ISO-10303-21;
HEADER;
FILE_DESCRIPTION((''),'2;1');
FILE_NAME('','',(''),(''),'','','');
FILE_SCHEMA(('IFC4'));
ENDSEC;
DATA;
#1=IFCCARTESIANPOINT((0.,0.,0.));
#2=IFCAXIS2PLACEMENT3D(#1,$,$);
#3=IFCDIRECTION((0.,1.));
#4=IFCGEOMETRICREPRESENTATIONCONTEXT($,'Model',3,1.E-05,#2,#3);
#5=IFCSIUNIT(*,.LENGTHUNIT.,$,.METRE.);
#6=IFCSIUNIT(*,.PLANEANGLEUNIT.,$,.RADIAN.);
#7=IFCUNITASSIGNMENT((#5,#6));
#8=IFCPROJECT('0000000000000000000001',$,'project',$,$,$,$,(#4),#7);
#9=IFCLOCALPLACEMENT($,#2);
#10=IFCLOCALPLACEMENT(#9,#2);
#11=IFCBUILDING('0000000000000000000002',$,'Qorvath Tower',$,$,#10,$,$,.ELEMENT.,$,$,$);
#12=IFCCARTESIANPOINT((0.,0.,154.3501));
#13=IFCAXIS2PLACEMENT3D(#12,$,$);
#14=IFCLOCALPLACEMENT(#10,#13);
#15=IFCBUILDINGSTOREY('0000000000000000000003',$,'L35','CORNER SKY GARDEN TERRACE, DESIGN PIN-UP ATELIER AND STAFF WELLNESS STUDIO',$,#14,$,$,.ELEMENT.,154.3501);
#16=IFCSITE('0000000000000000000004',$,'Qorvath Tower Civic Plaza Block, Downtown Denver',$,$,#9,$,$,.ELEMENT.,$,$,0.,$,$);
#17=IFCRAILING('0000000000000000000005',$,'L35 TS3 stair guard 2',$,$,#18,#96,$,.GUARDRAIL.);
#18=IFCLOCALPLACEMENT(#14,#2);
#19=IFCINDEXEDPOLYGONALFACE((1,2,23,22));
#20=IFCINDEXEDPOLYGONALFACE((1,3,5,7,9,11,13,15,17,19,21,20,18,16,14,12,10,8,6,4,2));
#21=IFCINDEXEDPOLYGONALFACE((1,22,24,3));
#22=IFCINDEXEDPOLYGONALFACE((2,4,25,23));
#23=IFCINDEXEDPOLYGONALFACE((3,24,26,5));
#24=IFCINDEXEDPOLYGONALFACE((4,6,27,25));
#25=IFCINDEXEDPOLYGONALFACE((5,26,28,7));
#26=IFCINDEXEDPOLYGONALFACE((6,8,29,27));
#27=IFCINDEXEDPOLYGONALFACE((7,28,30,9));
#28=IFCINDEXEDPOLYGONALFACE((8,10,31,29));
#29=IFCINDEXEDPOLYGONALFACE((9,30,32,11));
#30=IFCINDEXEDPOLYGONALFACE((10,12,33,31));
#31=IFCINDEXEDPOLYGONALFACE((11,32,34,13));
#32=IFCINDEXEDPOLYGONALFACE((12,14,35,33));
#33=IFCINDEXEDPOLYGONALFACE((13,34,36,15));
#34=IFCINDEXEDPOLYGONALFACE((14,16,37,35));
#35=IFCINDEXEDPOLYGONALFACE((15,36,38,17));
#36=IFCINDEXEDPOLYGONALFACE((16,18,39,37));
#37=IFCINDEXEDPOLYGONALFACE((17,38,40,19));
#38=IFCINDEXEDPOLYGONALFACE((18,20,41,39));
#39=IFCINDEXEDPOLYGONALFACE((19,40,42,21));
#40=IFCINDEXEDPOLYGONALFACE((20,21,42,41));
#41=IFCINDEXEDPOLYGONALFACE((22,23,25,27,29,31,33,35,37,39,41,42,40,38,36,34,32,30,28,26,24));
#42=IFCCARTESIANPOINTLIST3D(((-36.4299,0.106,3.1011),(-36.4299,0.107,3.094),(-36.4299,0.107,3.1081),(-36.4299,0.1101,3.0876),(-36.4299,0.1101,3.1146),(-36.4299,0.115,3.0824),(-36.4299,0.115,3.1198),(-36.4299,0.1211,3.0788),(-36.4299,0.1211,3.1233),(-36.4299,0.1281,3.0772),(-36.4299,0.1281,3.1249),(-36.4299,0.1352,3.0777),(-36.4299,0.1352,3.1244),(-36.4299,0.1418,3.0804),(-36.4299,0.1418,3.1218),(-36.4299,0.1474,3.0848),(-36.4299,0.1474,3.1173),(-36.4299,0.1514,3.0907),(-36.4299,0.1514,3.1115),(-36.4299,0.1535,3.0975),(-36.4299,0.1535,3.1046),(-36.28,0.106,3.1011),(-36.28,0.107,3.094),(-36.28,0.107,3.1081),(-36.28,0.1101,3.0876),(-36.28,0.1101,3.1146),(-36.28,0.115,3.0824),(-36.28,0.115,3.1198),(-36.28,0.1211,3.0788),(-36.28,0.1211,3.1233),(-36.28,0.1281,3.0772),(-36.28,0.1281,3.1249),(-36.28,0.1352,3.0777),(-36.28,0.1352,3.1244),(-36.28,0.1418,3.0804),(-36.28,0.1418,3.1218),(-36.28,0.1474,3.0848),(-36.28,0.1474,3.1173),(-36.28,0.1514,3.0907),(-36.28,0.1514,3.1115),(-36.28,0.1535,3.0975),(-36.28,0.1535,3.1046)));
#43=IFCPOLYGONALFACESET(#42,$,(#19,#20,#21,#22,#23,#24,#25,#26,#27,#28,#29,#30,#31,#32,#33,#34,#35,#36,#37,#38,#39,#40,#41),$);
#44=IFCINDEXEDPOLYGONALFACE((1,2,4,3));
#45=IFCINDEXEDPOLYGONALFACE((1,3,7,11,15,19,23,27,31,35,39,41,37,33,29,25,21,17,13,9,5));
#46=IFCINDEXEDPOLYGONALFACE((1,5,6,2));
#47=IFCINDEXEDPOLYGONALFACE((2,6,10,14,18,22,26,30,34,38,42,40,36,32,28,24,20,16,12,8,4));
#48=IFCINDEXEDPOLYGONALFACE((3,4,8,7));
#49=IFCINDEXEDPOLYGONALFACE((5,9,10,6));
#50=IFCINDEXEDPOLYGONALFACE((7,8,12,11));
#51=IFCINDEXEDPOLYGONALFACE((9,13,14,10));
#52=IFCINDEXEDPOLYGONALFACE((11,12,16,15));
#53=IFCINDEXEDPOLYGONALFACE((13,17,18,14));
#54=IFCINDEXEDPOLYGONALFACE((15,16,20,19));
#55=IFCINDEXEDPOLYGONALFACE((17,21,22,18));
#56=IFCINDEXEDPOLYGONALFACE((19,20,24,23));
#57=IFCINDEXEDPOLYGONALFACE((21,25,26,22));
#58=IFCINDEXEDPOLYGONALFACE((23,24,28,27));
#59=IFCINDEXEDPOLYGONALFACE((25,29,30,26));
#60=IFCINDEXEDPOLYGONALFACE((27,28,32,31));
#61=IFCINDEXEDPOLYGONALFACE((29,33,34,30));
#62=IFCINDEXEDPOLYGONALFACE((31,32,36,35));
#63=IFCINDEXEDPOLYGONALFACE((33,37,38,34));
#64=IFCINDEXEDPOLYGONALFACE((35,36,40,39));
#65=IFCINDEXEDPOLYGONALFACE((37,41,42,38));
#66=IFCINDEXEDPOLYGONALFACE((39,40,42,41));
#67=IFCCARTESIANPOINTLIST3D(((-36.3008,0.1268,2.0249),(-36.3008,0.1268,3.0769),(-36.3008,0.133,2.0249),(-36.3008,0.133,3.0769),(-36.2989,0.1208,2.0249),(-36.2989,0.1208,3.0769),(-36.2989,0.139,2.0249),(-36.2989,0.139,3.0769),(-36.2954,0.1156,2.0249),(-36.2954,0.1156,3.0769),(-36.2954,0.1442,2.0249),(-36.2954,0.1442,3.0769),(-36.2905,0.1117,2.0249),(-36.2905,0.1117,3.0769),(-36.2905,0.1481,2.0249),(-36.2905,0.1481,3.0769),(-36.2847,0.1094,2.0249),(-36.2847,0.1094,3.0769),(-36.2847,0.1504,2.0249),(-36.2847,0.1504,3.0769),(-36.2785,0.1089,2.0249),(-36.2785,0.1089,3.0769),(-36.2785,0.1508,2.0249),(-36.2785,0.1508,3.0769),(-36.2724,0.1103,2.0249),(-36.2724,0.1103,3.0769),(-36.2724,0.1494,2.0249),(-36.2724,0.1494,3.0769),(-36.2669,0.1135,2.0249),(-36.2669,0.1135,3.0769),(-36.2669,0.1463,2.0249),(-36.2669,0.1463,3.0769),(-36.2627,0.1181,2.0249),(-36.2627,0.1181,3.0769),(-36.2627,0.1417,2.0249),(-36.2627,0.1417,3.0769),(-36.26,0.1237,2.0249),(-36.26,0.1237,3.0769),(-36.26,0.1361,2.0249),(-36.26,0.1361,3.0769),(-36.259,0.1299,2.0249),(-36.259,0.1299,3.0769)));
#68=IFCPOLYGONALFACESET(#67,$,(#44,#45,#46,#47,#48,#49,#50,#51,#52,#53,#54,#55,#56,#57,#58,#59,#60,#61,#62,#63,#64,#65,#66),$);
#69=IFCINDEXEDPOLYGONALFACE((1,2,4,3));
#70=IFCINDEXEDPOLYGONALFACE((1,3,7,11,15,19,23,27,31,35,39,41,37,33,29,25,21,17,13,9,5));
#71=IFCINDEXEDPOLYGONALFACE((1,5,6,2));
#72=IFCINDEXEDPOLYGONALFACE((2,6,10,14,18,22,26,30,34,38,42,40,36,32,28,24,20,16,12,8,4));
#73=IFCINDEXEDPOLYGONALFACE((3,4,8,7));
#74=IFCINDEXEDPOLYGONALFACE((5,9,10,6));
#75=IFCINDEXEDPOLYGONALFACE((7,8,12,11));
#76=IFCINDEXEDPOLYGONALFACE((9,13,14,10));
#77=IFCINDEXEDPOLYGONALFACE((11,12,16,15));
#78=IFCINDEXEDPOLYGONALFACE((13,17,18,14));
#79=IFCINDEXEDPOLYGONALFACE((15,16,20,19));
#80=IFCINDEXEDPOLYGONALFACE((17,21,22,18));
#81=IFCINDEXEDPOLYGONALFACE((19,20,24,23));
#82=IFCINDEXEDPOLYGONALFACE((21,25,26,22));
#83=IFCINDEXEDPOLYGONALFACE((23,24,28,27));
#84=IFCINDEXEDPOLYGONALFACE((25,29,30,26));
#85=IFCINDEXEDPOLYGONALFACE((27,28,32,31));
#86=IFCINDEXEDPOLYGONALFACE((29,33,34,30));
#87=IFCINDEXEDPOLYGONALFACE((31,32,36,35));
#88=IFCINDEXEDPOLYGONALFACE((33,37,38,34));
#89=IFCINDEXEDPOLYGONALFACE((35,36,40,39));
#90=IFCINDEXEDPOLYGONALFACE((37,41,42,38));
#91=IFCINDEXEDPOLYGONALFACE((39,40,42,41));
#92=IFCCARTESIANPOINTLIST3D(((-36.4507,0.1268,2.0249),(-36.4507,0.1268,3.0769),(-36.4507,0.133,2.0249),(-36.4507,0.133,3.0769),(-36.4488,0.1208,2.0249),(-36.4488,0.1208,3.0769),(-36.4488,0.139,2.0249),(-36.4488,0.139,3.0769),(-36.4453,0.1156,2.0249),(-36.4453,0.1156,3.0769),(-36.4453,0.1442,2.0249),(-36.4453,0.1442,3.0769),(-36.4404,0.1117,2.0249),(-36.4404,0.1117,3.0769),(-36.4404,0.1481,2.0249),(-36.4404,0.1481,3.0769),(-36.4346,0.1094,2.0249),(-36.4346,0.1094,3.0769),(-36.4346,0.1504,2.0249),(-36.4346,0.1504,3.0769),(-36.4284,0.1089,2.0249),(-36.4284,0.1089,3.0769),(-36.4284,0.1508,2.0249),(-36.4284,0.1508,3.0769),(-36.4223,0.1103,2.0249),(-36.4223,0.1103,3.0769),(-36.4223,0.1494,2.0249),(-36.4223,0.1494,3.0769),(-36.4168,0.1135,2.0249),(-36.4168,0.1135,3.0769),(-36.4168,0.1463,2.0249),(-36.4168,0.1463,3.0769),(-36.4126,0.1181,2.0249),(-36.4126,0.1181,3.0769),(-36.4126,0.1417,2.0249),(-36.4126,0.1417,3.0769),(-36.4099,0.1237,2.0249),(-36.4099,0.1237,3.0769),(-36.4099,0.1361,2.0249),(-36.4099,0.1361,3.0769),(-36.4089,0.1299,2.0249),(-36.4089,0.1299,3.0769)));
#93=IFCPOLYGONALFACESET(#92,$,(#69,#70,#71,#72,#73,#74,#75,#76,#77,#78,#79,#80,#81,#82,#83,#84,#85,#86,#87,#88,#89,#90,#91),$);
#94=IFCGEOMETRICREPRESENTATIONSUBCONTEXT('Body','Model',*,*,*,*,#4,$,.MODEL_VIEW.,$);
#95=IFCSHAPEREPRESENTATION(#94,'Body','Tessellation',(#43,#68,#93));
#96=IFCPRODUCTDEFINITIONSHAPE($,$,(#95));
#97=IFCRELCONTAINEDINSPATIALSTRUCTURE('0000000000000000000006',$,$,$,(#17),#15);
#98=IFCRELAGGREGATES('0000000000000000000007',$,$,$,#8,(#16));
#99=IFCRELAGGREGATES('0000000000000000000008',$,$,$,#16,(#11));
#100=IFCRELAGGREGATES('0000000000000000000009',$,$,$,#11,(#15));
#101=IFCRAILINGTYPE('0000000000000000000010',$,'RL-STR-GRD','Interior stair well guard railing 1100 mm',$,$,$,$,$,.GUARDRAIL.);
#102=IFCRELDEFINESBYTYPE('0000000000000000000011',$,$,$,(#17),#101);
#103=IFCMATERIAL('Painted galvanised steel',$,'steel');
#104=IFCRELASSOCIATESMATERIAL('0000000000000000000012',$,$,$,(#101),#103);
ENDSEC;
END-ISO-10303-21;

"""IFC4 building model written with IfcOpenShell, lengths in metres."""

from ifc_helpers import new_model, si_unit, direction, frame, origin, origin_2d, place, context, subcontext, project, spatial, circle, extrude, material, type_object, element, save


model = new_model("IFC4")

# Units and contexts
model_context = context("Model", 3, precision=1e-05, world=origin(), true_north=direction((0.0, 1.0)))
body_context = subcontext(model_context, "Body", "Model", "MODEL_VIEW")
ifc_project = project(units=[si_unit("LENGTHUNIT", "METRE"), si_unit("PLANEANGLEUNIT", "RADIAN")], contexts=[model_context])

# Site, building, storey
site_placement = place(None, origin())
site = spatial("IfcSite", under=ifc_project, at=site_placement, Name="Qorvath Tower Civic Plaza Block, Downtown Denver", CompositionType="ELEMENT", RefElevation=0.0)
building_placement = place(site_placement, origin())
building = spatial("IfcBuilding", under=site, at=building_placement, Name="Qorvath Tower", CompositionType="ELEMENT")
storey_placement = place(building_placement, frame((0.0, 0.0, 154.3501)))
storey = spatial("IfcBuildingStorey", under=building, at=storey_placement, Name="L35", Description="CORNER SKY GARDEN TERRACE, DESIGN PIN-UP ATELIER AND STAFF WELLNESS STUDIO", CompositionType="ELEMENT", Elevation=154.3501)

# Railing
ifc_material_1 = material(Name="Painted galvanised steel", Category="steel")
railing_type_1 = type_object("IfcRailingType", Name="RL-STR-GRD", Description="Interior stair well guard railing 1100 mm", PredefinedType="GUARDRAIL", material=ifc_material_1)
railing_1_placement = place(storey_placement, frame((-36.28, 0.1299, 2.0249)))
element("IfcRailing", 1, at=railing_1_placement, inside=storey, type_object=railing_type_1, Name="L35 TS3 stair guard 2", PredefinedType="GUARDRAIL", context=body_context, shape_type="SweptSolid", body=[
    extrude(circle(Radius=0.0239, at=origin_2d()), frame((0.0, 0.0, 1.0762), z_axis=(-1.0, 0.0, 0.0), x_axis=(0.0, -1.0, 0.0)), (0.0, 0.0, 1.0), 0.1499),
    extrude(circle(Radius=0.021, at=origin_2d()), origin(), (0.0, 0.0, 1.0), 1.052),
    extrude(circle(Radius=0.021, at=origin_2d()), frame((-0.1499, 0.0, 0.0)), (0.0, 0.0, 1.0), 1.052),
])

save(model, "model.ifc")
